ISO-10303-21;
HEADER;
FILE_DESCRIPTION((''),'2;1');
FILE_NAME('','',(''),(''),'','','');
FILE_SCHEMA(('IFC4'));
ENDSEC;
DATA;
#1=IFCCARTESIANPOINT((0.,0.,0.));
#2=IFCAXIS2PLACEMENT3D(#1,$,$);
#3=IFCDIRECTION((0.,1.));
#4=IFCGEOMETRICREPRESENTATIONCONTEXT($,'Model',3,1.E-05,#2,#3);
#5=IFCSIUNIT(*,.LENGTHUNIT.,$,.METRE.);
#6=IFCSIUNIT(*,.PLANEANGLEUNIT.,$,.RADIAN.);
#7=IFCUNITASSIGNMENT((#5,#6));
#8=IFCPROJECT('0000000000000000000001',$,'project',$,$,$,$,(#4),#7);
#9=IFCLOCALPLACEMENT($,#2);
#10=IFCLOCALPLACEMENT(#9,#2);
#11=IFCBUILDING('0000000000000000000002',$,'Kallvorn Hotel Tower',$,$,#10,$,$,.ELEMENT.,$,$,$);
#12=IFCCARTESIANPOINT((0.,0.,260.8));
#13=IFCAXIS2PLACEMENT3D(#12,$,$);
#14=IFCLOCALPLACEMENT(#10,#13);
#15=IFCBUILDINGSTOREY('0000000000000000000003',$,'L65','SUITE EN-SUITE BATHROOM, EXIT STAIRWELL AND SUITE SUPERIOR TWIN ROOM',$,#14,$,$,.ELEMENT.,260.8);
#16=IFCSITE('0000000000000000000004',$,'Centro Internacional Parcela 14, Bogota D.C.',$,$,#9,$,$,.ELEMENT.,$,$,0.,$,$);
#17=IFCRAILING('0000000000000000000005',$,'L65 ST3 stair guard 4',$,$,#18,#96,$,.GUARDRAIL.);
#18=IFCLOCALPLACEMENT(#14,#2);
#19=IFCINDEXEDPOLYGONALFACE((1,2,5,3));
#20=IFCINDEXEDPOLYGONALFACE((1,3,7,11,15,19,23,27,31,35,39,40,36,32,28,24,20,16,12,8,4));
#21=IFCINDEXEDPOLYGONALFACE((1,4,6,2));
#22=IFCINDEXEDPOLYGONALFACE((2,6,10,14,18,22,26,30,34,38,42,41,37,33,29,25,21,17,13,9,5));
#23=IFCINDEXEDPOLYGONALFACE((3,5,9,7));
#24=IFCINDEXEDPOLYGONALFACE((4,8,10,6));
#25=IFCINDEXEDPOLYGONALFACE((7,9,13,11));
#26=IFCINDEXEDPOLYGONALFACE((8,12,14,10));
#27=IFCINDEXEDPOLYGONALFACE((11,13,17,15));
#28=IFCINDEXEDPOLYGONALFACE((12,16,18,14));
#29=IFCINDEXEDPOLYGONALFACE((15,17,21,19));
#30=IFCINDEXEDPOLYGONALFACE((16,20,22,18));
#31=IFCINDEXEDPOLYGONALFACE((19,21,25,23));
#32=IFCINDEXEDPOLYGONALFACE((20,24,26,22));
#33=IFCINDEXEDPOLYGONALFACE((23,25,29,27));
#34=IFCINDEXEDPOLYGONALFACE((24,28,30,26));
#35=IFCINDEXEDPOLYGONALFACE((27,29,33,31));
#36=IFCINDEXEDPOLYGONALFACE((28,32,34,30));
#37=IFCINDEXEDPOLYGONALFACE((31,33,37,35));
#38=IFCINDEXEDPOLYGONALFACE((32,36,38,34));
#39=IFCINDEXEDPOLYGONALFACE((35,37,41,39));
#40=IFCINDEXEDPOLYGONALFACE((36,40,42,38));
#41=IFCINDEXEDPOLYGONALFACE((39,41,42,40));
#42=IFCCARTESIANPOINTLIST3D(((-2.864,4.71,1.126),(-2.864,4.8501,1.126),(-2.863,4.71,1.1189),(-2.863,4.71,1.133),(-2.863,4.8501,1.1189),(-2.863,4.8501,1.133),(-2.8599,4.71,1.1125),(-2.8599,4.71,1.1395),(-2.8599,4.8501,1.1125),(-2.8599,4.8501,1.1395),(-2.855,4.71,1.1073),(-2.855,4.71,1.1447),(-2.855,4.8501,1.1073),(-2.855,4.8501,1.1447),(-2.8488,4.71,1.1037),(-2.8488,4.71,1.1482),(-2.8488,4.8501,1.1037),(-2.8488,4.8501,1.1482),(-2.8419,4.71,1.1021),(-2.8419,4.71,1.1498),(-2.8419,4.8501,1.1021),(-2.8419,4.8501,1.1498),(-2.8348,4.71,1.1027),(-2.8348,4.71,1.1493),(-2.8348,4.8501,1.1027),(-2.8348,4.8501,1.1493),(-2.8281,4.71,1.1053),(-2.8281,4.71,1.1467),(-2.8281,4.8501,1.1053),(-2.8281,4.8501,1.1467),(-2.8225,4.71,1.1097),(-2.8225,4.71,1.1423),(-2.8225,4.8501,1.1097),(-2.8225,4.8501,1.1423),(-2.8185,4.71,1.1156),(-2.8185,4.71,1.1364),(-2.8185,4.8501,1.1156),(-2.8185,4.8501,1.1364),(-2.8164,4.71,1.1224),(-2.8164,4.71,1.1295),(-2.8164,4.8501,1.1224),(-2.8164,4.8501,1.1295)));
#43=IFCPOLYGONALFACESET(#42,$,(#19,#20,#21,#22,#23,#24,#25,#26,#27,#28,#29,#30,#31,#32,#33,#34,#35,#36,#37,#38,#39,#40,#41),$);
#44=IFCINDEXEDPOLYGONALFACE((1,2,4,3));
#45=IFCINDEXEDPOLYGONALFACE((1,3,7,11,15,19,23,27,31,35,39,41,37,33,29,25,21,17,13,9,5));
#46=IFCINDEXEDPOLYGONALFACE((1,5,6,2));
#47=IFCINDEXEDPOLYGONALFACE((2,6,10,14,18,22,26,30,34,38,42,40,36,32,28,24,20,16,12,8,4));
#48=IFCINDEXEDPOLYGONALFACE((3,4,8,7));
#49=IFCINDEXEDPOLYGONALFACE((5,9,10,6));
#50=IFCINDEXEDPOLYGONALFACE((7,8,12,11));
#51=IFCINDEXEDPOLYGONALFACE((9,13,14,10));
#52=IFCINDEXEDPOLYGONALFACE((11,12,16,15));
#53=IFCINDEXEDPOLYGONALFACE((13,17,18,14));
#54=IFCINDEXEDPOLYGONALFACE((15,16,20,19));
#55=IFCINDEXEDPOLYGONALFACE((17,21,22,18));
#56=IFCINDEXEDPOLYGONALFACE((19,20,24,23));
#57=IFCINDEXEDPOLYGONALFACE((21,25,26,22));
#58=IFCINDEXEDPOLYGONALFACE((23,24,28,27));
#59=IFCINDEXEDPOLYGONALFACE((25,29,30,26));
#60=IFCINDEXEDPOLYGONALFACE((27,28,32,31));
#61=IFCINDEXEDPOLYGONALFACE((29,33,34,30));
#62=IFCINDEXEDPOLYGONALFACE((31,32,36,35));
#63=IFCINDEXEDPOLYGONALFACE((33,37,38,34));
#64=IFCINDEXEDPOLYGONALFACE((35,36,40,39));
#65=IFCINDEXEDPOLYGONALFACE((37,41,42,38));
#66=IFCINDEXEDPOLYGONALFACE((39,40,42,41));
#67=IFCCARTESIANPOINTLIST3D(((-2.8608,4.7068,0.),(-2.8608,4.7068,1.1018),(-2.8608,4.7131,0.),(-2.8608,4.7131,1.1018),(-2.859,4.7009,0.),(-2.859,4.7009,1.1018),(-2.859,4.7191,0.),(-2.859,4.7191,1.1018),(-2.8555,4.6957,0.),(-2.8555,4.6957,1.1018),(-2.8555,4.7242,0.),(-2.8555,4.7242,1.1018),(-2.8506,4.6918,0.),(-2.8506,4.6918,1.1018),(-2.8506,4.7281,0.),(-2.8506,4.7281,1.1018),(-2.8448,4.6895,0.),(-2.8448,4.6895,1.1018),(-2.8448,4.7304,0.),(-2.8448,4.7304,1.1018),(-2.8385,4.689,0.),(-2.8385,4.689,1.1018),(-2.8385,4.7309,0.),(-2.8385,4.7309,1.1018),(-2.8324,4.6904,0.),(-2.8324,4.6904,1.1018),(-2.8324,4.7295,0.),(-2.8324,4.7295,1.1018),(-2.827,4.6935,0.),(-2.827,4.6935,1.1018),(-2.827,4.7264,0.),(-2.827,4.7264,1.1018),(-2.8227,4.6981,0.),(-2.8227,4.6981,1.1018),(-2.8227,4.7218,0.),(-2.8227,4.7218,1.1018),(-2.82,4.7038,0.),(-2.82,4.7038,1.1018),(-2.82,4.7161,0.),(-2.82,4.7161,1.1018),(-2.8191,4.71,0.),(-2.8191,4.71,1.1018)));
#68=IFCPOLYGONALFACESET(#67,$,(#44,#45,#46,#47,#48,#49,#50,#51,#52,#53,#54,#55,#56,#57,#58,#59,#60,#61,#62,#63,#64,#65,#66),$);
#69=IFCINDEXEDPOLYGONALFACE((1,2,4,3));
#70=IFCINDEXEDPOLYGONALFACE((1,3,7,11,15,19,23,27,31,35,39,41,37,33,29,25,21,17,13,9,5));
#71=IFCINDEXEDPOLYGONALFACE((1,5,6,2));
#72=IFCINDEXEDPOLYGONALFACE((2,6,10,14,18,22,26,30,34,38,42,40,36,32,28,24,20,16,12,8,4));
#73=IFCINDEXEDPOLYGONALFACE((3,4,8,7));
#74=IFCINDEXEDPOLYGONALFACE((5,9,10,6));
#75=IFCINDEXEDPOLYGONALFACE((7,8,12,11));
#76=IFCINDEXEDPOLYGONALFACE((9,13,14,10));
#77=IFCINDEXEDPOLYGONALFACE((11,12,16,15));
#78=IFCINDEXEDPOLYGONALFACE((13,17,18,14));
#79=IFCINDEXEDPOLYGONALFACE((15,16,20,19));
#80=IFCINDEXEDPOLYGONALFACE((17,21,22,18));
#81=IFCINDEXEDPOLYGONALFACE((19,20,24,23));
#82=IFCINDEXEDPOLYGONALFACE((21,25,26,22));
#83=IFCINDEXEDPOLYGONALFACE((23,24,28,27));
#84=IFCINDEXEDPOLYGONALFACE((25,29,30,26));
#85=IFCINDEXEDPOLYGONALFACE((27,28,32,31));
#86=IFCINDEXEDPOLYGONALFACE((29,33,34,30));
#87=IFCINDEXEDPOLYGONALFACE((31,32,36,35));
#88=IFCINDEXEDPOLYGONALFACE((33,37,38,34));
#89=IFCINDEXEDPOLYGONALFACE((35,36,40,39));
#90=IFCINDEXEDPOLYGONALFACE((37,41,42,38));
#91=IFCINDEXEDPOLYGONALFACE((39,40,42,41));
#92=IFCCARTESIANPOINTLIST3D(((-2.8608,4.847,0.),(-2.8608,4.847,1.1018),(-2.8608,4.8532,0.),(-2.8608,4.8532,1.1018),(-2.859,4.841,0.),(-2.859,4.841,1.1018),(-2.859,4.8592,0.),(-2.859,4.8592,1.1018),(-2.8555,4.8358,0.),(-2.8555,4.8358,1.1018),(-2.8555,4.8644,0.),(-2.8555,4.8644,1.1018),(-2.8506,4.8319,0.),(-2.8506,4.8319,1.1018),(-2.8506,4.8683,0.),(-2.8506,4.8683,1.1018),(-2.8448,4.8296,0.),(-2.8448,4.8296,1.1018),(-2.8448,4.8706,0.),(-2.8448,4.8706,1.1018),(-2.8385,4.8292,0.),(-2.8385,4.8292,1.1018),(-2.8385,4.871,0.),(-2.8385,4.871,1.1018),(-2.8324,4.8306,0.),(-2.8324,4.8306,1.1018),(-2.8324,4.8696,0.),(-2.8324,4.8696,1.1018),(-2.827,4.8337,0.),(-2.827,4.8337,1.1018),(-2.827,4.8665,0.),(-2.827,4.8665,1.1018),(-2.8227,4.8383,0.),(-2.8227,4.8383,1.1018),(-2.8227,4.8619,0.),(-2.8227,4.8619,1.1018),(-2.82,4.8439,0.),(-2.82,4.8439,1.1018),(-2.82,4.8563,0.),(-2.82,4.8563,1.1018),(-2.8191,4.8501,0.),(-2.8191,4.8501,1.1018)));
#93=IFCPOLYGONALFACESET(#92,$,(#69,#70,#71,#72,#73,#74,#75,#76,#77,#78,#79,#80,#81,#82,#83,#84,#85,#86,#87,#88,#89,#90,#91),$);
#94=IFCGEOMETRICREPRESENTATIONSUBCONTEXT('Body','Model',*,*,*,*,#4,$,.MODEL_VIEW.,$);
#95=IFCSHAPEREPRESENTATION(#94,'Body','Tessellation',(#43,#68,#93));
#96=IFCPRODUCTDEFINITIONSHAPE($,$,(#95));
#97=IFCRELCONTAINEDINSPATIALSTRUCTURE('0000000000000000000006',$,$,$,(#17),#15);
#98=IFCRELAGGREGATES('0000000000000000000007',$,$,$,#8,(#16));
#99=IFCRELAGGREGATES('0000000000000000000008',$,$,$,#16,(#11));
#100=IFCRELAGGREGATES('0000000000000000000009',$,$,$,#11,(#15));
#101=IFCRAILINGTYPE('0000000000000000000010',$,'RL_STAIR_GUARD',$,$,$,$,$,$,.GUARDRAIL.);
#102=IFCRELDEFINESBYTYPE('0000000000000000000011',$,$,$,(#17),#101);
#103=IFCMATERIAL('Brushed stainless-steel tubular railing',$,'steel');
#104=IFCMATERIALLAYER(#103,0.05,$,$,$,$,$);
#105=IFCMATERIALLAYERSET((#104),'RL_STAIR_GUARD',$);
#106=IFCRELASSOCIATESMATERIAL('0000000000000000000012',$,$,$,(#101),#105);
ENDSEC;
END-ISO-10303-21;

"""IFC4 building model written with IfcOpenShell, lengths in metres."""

from ifc_helpers import new_model, si_unit, direction, frame, origin, origin_2d, place, context, subcontext, project, spatial, circle, extrude, material, layer, layer_set, type_object, element, save


model = new_model("IFC4")

# Units and contexts
model_context = context("Model", 3, precision=1e-05, world=origin(), true_north=direction((0.0, 1.0)))
body_context = subcontext(model_context, "Body", "Model", "MODEL_VIEW")
ifc_project = project(units=[si_unit("LENGTHUNIT", "METRE"), si_unit("PLANEANGLEUNIT", "RADIAN")], contexts=[model_context])

# Site, building, storey
site_placement = place(None, origin())
site = spatial("IfcSite", under=ifc_project, at=site_placement, Name="Centro Internacional Parcela 14, Bogota D.C.", CompositionType="ELEMENT", RefElevation=0.0)
building_placement = place(site_placement, origin())
building = spatial("IfcBuilding", under=site, at=building_placement, Name="Kallvorn Hotel Tower", CompositionType="ELEMENT")
storey_placement = place(building_placement, frame((0.0, 0.0, 260.8)))
storey = spatial("IfcBuildingStorey", under=building, at=storey_placement, Name="L65", Description="SUITE EN-SUITE BATHROOM, EXIT STAIRWELL AND SUITE SUPERIOR TWIN ROOM", CompositionType="ELEMENT", Elevation=260.8)

# Railing
ifc_material_1 = material(Name="Brushed stainless-steel tubular railing", Category="steel")
ifc_layer_1 = layer(ifc_material_1, 0.05)
ifc_layer_set_1 = layer_set([ifc_layer_1], Name="RL_STAIR_GUARD")
railing_type_1 = type_object("IfcRailingType", Name="RL_STAIR_GUARD", PredefinedType="GUARDRAIL", material=ifc_layer_set_1)
railing_1_placement = place(storey_placement, frame((-2.8401, 4.71, 0.0)))
element("IfcRailing", 1, at=railing_1_placement, inside=storey, type_object=railing_type_1, Name="L65 ST3 stair guard 4", PredefinedType="GUARDRAIL", context=body_context, shape_type="SweptSolid", body=[
    extrude(circle(Radius=0.0239, at=origin_2d()), frame((0.0, 0.0, 1.126), z_axis=(0.0, 1.0, 0.0), x_axis=(-1.0, 0.0, 0.0)), (0.0, 0.0, 1.0), 0.1401),
    extrude(circle(Radius=0.021, at=origin_2d()), origin(), (0.0, 0.0, 1.0), 1.1018),
    extrude(circle(Radius=0.021, at=origin_2d()), frame((0.0, 0.1401, 0.0)), (0.0, 0.0, 1.0), 1.1018),
])

save(model, "model.ifc")
